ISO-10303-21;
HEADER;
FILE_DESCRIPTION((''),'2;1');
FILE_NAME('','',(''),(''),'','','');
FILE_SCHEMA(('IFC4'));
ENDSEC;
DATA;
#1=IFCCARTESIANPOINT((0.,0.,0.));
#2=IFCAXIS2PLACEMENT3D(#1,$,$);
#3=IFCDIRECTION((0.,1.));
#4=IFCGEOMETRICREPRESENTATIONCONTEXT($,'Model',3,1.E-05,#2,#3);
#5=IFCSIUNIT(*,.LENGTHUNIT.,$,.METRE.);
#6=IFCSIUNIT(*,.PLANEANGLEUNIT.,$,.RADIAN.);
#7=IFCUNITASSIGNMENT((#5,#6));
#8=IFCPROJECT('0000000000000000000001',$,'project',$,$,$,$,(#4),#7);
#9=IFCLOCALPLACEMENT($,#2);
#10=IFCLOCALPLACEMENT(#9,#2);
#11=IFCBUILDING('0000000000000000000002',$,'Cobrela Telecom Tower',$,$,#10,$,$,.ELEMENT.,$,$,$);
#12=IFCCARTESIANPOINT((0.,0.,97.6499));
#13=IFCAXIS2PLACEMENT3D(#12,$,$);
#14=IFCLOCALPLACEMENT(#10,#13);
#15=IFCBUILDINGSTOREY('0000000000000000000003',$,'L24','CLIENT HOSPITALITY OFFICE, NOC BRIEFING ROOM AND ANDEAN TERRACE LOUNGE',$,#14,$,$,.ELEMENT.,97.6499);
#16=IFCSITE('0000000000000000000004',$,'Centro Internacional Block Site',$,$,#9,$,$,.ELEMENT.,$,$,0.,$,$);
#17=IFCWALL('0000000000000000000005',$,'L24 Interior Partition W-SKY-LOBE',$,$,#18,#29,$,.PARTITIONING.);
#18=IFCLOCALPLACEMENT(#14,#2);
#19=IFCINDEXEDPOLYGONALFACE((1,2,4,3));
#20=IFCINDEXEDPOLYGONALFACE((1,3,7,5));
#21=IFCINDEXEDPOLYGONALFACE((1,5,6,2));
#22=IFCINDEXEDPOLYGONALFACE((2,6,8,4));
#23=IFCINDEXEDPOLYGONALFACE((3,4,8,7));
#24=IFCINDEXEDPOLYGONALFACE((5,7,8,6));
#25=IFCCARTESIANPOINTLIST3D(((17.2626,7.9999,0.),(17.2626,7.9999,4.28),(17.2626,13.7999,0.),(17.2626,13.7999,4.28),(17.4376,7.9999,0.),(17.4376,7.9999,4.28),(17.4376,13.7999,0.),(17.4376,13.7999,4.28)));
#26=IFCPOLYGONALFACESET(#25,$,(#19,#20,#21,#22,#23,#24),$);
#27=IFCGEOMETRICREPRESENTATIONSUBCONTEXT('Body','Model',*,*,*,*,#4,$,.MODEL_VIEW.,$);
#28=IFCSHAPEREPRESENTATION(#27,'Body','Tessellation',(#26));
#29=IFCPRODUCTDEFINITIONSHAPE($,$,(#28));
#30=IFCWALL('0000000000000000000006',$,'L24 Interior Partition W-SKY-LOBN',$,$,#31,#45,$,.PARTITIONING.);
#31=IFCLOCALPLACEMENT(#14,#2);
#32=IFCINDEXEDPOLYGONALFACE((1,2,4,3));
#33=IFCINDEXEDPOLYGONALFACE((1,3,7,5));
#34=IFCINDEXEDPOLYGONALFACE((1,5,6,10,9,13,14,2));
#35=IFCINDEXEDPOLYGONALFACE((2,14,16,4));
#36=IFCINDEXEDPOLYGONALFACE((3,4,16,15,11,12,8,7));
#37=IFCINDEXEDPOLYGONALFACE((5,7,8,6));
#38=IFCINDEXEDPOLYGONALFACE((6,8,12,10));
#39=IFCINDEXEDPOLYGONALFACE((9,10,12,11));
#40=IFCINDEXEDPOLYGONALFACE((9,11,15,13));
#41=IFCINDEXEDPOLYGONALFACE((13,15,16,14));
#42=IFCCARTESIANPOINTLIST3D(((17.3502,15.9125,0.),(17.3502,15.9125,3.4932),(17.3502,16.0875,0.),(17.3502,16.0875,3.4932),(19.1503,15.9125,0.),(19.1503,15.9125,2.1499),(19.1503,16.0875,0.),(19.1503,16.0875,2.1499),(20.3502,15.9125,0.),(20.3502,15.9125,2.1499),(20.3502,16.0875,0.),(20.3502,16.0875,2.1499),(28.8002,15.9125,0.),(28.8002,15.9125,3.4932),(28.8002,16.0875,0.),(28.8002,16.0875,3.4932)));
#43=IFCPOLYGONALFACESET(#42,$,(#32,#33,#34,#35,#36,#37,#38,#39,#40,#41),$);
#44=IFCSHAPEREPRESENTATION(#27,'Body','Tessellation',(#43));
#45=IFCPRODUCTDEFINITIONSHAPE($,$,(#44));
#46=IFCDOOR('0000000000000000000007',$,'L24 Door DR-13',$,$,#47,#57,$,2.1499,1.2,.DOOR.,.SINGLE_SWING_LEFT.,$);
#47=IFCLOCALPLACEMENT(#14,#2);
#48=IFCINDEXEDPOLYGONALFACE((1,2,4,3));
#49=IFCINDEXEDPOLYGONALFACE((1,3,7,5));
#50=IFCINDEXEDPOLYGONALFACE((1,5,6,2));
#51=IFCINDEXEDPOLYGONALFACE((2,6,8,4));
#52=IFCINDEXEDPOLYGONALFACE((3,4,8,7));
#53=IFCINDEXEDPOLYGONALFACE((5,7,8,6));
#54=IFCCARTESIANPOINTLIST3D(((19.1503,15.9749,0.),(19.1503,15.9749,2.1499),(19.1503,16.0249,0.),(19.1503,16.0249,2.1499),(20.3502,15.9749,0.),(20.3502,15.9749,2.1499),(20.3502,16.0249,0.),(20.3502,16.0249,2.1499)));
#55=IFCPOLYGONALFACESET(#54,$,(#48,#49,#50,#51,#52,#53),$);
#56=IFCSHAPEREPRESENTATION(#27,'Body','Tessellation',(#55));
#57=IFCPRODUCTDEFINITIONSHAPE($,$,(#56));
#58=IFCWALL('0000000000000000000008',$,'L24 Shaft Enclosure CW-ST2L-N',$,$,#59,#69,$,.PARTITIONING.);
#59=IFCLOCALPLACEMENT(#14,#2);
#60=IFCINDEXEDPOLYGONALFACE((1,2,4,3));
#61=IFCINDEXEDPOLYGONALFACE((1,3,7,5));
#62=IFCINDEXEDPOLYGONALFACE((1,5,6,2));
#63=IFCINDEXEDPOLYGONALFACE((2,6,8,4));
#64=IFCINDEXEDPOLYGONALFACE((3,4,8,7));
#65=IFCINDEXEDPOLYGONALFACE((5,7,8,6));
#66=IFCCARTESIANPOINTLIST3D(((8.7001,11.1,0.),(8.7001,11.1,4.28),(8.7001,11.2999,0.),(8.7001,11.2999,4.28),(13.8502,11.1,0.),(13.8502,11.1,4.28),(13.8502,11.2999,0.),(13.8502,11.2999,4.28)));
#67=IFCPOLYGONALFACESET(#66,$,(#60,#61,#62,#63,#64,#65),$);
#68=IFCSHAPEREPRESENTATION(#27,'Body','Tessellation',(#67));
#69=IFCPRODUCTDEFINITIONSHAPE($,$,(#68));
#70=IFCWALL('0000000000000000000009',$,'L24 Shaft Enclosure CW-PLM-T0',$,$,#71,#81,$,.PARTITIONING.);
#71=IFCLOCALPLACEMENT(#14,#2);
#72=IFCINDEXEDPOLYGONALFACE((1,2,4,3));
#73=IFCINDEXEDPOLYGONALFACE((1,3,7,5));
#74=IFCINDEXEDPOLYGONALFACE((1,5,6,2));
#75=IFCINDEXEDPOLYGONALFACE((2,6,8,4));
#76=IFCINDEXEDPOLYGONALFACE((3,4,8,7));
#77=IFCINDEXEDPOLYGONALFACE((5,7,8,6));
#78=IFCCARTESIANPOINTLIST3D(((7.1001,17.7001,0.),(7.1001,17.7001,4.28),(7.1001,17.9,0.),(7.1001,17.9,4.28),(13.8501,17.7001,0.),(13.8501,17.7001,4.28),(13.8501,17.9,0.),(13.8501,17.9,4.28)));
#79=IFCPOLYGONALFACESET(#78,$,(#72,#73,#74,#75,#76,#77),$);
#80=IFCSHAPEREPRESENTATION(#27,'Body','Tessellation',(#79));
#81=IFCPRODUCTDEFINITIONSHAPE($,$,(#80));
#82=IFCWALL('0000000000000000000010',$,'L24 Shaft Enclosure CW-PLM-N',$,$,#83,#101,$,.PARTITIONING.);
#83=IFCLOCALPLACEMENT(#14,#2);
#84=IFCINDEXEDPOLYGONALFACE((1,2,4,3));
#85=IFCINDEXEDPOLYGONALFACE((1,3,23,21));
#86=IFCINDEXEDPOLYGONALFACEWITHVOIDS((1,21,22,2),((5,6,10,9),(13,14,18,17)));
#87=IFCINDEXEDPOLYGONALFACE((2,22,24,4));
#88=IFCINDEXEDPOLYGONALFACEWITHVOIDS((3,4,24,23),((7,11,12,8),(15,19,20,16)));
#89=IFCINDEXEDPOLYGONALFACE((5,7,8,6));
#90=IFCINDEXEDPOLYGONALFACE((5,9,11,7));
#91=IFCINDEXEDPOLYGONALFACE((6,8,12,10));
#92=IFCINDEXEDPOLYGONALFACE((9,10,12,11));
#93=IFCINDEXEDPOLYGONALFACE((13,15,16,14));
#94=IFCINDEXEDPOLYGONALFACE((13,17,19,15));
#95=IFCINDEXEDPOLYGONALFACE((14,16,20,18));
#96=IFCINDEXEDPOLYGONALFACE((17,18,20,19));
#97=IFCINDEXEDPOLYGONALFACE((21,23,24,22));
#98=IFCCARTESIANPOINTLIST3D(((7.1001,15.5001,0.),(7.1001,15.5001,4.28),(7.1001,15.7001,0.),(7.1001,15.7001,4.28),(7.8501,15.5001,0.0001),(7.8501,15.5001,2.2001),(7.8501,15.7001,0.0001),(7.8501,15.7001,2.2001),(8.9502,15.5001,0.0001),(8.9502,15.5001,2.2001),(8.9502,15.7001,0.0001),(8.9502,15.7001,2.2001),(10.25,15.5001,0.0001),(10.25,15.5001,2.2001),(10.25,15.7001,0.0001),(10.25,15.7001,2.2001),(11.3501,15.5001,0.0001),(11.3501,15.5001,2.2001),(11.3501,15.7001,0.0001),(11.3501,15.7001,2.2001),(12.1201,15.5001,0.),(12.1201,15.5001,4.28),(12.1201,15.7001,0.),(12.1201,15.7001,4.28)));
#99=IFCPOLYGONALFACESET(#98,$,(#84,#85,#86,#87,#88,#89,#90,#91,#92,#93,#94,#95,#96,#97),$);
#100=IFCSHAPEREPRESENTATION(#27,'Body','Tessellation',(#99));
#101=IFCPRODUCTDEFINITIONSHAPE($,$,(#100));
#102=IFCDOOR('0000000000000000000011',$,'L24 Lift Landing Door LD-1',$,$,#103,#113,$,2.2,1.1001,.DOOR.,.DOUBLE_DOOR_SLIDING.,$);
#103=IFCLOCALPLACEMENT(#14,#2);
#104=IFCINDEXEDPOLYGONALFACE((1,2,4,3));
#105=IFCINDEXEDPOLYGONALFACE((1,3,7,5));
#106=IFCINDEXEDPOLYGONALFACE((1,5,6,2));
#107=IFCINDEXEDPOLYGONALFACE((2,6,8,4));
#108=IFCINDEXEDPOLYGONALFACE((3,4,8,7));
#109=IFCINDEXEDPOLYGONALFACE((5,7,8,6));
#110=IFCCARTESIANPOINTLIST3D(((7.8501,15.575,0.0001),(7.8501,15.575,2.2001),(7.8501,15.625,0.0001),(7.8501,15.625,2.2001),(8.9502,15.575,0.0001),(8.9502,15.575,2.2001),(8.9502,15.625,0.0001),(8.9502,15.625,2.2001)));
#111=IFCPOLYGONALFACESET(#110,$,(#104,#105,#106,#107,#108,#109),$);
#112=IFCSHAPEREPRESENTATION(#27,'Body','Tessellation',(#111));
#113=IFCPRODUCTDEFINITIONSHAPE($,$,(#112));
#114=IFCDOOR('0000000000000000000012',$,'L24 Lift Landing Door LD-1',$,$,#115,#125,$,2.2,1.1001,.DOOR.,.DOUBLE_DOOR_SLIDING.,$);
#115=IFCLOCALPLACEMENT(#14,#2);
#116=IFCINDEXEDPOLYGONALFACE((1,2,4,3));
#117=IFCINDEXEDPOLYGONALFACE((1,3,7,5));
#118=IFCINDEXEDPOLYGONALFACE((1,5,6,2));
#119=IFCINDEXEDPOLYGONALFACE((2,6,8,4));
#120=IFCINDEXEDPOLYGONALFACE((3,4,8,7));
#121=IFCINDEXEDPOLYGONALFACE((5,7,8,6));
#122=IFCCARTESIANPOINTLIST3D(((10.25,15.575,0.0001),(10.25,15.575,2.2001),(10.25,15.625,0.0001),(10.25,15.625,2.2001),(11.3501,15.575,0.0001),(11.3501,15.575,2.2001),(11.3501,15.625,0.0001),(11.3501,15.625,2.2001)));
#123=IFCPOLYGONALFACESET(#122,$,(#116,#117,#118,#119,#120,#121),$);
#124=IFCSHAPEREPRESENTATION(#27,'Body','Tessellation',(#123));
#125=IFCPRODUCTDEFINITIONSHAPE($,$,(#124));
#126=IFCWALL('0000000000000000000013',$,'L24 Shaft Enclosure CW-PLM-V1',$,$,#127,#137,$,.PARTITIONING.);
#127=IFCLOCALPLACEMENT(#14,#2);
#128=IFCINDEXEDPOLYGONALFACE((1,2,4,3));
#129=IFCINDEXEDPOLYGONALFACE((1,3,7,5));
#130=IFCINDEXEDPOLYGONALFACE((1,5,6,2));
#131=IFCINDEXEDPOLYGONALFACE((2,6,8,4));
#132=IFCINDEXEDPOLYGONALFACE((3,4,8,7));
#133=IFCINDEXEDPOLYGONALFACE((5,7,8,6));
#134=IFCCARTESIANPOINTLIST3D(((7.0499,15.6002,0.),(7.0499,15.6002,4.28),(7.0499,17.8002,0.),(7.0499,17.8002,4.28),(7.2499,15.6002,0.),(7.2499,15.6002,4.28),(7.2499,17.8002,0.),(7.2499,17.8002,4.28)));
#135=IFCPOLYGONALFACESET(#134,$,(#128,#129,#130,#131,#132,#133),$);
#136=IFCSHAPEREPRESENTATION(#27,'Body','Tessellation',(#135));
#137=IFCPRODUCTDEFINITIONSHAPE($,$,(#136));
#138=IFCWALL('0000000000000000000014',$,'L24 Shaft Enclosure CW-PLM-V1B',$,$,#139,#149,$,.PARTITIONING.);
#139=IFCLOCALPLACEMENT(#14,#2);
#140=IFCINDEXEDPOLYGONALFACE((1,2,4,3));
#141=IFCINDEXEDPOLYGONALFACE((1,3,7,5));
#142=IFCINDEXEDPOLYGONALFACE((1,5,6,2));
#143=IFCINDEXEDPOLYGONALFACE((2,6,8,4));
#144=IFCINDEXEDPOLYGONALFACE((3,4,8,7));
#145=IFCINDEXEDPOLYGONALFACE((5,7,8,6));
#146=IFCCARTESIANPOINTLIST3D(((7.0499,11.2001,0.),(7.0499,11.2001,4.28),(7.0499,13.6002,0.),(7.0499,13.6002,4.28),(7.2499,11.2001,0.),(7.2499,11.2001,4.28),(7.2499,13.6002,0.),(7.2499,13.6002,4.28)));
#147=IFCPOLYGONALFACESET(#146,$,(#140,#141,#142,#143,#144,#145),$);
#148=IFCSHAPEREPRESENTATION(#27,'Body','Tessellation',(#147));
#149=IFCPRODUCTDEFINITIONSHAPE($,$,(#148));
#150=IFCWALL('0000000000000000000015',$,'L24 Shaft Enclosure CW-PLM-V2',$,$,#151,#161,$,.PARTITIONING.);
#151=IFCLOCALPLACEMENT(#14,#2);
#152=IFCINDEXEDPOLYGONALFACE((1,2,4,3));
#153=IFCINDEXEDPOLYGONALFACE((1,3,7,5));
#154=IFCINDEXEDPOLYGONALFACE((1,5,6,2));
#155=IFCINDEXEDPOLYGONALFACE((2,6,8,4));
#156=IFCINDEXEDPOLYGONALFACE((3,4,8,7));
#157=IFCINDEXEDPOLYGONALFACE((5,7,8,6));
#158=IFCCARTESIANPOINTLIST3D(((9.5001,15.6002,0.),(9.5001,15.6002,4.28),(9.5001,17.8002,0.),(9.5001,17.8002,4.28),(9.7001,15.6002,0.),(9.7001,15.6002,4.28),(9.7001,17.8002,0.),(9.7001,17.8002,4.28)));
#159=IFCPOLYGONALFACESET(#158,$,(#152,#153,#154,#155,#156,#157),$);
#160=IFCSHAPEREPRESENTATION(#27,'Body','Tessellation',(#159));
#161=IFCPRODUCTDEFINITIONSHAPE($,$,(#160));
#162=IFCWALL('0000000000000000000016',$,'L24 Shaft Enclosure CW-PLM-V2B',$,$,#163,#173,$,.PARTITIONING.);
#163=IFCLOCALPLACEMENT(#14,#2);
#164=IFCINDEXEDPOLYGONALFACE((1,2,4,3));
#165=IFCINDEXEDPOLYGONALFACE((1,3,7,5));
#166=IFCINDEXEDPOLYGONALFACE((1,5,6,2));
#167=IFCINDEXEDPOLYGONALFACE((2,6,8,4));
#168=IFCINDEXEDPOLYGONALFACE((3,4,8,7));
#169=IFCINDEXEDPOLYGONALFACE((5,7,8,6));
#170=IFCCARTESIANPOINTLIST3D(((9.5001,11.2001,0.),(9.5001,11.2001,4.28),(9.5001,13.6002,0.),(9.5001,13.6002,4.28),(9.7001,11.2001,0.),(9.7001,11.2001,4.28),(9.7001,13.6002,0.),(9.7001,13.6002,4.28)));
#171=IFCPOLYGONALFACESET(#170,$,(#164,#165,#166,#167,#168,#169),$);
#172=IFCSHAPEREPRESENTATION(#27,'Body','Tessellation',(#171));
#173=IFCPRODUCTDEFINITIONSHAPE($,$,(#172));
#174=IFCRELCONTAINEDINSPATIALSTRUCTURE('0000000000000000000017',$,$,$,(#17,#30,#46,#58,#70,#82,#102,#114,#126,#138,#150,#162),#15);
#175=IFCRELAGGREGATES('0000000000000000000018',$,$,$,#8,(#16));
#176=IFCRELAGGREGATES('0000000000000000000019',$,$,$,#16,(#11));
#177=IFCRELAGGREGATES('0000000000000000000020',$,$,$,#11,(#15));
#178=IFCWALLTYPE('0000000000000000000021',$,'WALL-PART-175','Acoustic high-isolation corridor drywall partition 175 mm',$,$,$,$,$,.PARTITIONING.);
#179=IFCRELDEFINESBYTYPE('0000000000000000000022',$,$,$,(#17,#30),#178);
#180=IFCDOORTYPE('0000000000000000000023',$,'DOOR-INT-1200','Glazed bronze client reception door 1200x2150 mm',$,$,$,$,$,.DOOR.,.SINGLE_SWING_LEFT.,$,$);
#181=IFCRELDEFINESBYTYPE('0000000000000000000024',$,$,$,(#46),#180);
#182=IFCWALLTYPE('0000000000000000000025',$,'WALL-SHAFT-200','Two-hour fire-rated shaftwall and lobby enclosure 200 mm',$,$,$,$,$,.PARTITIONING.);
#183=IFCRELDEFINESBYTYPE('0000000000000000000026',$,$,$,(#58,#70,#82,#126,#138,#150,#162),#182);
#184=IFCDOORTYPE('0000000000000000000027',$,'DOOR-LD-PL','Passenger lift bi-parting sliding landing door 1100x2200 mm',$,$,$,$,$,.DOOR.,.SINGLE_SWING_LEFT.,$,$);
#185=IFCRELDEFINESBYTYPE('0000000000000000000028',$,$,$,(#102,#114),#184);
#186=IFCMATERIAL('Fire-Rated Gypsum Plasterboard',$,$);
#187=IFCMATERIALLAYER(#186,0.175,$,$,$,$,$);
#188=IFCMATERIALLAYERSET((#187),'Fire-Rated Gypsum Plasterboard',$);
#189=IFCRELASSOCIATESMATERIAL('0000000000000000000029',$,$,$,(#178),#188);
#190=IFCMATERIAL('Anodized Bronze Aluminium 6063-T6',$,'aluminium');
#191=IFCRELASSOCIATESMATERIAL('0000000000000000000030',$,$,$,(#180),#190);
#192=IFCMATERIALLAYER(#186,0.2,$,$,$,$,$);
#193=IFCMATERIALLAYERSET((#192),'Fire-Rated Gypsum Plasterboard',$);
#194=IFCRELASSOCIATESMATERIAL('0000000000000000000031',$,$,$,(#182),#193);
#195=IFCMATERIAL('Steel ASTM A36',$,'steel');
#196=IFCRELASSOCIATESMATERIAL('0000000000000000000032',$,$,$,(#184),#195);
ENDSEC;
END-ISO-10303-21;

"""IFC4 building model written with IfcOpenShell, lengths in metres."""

from ifc_helpers import new_model, si_unit, direction, frame, frame_2d, origin, place, context, subcontext, project, spatial, rectangle, extrude, material, layer, layer_set, type_object, element, fill, save


model = new_model("IFC4")

# Units and contexts
model_context = context("Model", 3, precision=1e-05, world=origin(), true_north=direction((0.0, 1.0)))
body_context = subcontext(model_context, "Body", "Model", "MODEL_VIEW")
ifc_project = project(units=[si_unit("LENGTHUNIT", "METRE"), si_unit("PLANEANGLEUNIT", "RADIAN")], contexts=[model_context])

# Site, building, storey
site_placement = place(None, origin())
site = spatial("IfcSite", under=ifc_project, at=site_placement, Name="Centro Internacional Block Site", CompositionType="ELEMENT", RefElevation=0.0)
building_placement = place(site_placement, origin())
building = spatial("IfcBuilding", under=site, at=building_placement, Name="Cobrela Telecom Tower", CompositionType="ELEMENT")
storey_placement = place(building_placement, frame((0.0, 0.0, 97.6499)))
storey = spatial("IfcBuildingStorey", under=building, at=storey_placement, Name="L24", Description="CLIENT HOSPITALITY OFFICE, NOC BRIEFING ROOM AND ANDEAN TERRACE LOUNGE", CompositionType="ELEMENT", Elevation=97.6499)

# Shared definitions
ifc_material_1 = material(Name="Fire-Rated Gypsum Plasterboard")

# Wall
ifc_layer_1 = layer(ifc_material_1, 0.175)
ifc_layer_set_1 = layer_set([ifc_layer_1], Name="Fire-Rated Gypsum Plasterboard")
wall_type_1 = type_object("IfcWallType", Name="WALL-PART-175", Description="Acoustic high-isolation corridor drywall partition 175 mm", PredefinedType="PARTITIONING", material=ifc_layer_set_1)
wall_1_placement = place(storey_placement, frame((17.3501, 8.0, 0.0), z_axis=(0.0, 0.0, 1.0), x_axis=(0.0, 1.0, 0.0)))
element("IfcWall", 1, at=wall_1_placement, inside=storey, type_object=wall_type_1, Name="L24 Interior Partition W-SKY-LOBE", PredefinedType="PARTITIONING", context=body_context, shape_type="SweptSolid", body=[
    extrude(rectangle(XDim=5.8, YDim=0.175, at=frame_2d((2.8999, 0.0))), origin(), (0.0, 0.0, 1.0), 4.28),
])

# Wall, opening, door
wall_2_placement = place(storey_placement, frame((17.3501, 16.0, 0.0), z_axis=(0.0, 0.0, 1.0), x_axis=(1.0, 0.0, 0.0)))
wall_2 = element("IfcWall", 2, at=wall_2_placement, inside=storey, type_object=wall_type_1, Name="L24 Interior Partition W-SKY-LOBN", PredefinedType="PARTITIONING", context=body_context, shape_type="SweptSolid", body=[
    extrude(rectangle(XDim=11.45, YDim=0.175, at=frame_2d((5.7251, 0.0))), origin(), (0.0, 0.0, 1.0), 3.4932),
])
opening_1_placement = place(wall_2_placement, frame((1.8, 0.0, 0.0)))
opening_1 = element("IfcOpeningElement", 3, at=opening_1_placement, cuts=wall_2, PredefinedType="OPENING", context=body_context, shape_type="SweptSolid", body=[
    extrude(rectangle(XDim=1.2, YDim=2.1499, at=frame_2d((0.6001, 1.075))), frame((0.0, 0.0996, 0.0), z_axis=(0.0, -1.0, 0.0), x_axis=(1.0, 0.0, 0.0)), (0.0, 0.0, 1.0), 0.199),
])
ifc_material_2 = material(Name="Anodized Bronze Aluminium 6063-T6", Category="aluminium")
door_type_1 = type_object("IfcDoorType", Name="DOOR-INT-1200", Description="Glazed bronze client reception door 1200x2150 mm", OperationType="SINGLE_SWING_LEFT", PredefinedType="DOOR", material=ifc_material_2)
door_1_placement = place(opening_1_placement, origin())
door_1 = element("IfcDoor", 4, at=door_1_placement, inside=storey, type_object=door_type_1, Name="L24 Door DR-13", OperationType="SINGLE_SWING_LEFT", OverallHeight=2.1499, OverallWidth=1.2, PredefinedType="DOOR", context=body_context, shape_type="SweptSolid", body=[
    extrude(rectangle(XDim=1.2, YDim=2.1499, at=frame_2d((0.6001, 1.075))), frame((0.0, 0.0249, 0.0), z_axis=(0.0, -1.0, 0.0), x_axis=(1.0, 0.0, 0.0)), (0.0, 0.0, 1.0), 0.05),
])
fill(opening_1, door_1)

# Walls
ifc_layer_2 = layer(ifc_material_1, 0.2)
ifc_layer_set_2 = layer_set([ifc_layer_2], Name="Fire-Rated Gypsum Plasterboard")
wall_type_2 = type_object("IfcWallType", Name="WALL-SHAFT-200", Description="Two-hour fire-rated shaftwall and lobby enclosure 200 mm", PredefinedType="PARTITIONING", material=ifc_layer_set_2)
wall_3_placement = place(storey_placement, frame((8.7, 11.2, 0.0), z_axis=(0.0, 0.0, 1.0), x_axis=(1.0, 0.0, 0.0)))
element("IfcWall", 5, at=wall_3_placement, inside=storey, type_object=wall_type_2, Name="L24 Shaft Enclosure CW-ST2L-N", PredefinedType="PARTITIONING", context=body_context, shape_type="SweptSolid", body=[
    extrude(rectangle(XDim=5.1501, YDim=0.2, at=frame_2d((2.5752, 0.0))), origin(), (0.0, 0.0, 1.0), 4.28),
])
wall_4_placement = place(storey_placement, frame((7.1001, 17.8, 0.0), z_axis=(0.0, 0.0, 1.0), x_axis=(1.0, 0.0, 0.0)))
element("IfcWall", 6, at=wall_4_placement, inside=storey, type_object=wall_type_2, Name="L24 Shaft Enclosure CW-PLM-T0", PredefinedType="PARTITIONING", context=body_context, shape_type="SweptSolid", body=[
    extrude(rectangle(XDim=6.75, YDim=0.2, at=frame_2d((3.375, 0.0))), origin(), (0.0, 0.0, 1.0), 4.28),
])

# Wall, openings, doors
wall_5_placement = place(storey_placement, frame((7.1001, 15.6001, 0.0), z_axis=(0.0, 0.0, 1.0), x_axis=(1.0, 0.0, 0.0)))
wall_5 = element("IfcWall", 7, at=wall_5_placement, inside=storey, type_object=wall_type_2, Name="L24 Shaft Enclosure CW-PLM-N", PredefinedType="PARTITIONING", context=body_context, shape_type="SweptSolid", body=[
    extrude(rectangle(XDim=5.02, YDim=0.2, at=frame_2d((2.51, 0.0))), origin(), (0.0, 0.0, 1.0), 4.28),
])
opening_2_placement = place(wall_5_placement, frame((0.75, 0.0, 0.0)))
opening_2 = element("IfcOpeningElement", 8, at=opening_2_placement, cuts=wall_5, PredefinedType="OPENING", context=body_context, shape_type="SweptSolid", body=[
    extrude(rectangle(XDim=1.1001, YDim=2.2, at=frame_2d((0.55, 1.1001))), frame((0.0, 0.1118, 0.0), z_axis=(0.0, -1.0, 0.0), x_axis=(1.0, 0.0, 0.0)), (0.0, 0.0, 1.0), 0.2239),
])
opening_3_placement = place(wall_5_placement, frame((3.1499, 0.0, 0.0)))
opening_3 = element("IfcOpeningElement", 9, at=opening_3_placement, cuts=wall_5, PredefinedType="OPENING", context=body_context, shape_type="SweptSolid", body=[
    extrude(rectangle(XDim=1.1001, YDim=2.2, at=frame_2d((0.55, 1.1001))), frame((0.0, 0.1118, 0.0), z_axis=(0.0, -1.0, 0.0), x_axis=(1.0, 0.0, 0.0)), (0.0, 0.0, 1.0), 0.2239),
])
ifc_material_3 = material(Name="Steel ASTM A36", Category="steel")
door_type_2 = type_object("IfcDoorType", Name="DOOR-LD-PL", Description="Passenger lift bi-parting sliding landing door 1100x2200 mm", OperationType="SINGLE_SWING_LEFT", PredefinedType="DOOR", material=ifc_material_3)
door_2_placement = place(opening_2_placement, origin())
door_2 = element("IfcDoor", 10, at=door_2_placement, inside=storey, type_object=door_type_2, Name="L24 Lift Landing Door LD-1", OperationType="DOUBLE_DOOR_SLIDING", OverallHeight=2.2, OverallWidth=1.1001, PredefinedType="DOOR", context=body_context, shape_type="SweptSolid", body=[
    extrude(rectangle(XDim=1.1001, YDim=2.2, at=frame_2d((0.55, 1.1001))), frame((0.0, 0.0249, 0.0), z_axis=(0.0, -1.0, 0.0), x_axis=(1.0, 0.0, 0.0)), (0.0, 0.0, 1.0), 0.05),
])
fill(opening_2, door_2)
door_3_placement = place(opening_3_placement, origin())
door_3 = element("IfcDoor", 11, at=door_3_placement, inside=storey, type_object=door_type_2, Name="L24 Lift Landing Door LD-1", OperationType="DOUBLE_DOOR_SLIDING", OverallHeight=2.2, OverallWidth=1.1001, PredefinedType="DOOR", context=body_context, shape_type="SweptSolid", body=[
    extrude(rectangle(XDim=1.1001, YDim=2.2, at=frame_2d((0.55, 1.1001))), frame((0.0, 0.0249, 0.0), z_axis=(0.0, -1.0, 0.0), x_axis=(1.0, 0.0, 0.0)), (0.0, 0.0, 1.0), 0.05),
])
fill(opening_3, door_3)

# Walls
wall_6_placement = place(storey_placement, frame((7.1499, 15.6001, 0.0), z_axis=(0.0, 0.0, 1.0), x_axis=(0.0, 1.0, 0.0)))
element("IfcWall", 12, at=wall_6_placement, inside=storey, type_object=wall_type_2, Name="L24 Shaft Enclosure CW-PLM-V1", PredefinedType="PARTITIONING", context=body_context, shape_type="SweptSolid", body=[
    extrude(rectangle(XDim=2.2, YDim=0.2, at=frame_2d((1.1001, 0.0))), origin(), (0.0, 0.0, 1.0), 4.28),
])
wall_7_placement = place(storey_placement, frame((7.1499, 11.2, 0.0), z_axis=(0.0, 0.0, 1.0), x_axis=(0.0, 1.0, 0.0)))
element("IfcWall", 13, at=wall_7_placement, inside=storey, type_object=wall_type_2, Name="L24 Shaft Enclosure CW-PLM-V1B", PredefinedType="PARTITIONING", context=body_context, shape_type="SweptSolid", body=[
    extrude(rectangle(XDim=2.4001, YDim=0.2, at=frame_2d((1.2002, 0.0))), origin(), (0.0, 0.0, 1.0), 4.28),
])
wall_8_placement = place(storey_placement, frame((9.6001, 15.6001, 0.0), z_axis=(0.0, 0.0, 1.0), x_axis=(0.0, 1.0, 0.0)))
element("IfcWall", 14, at=wall_8_placement, inside=storey, type_object=wall_type_2, Name="L24 Shaft Enclosure CW-PLM-V2", PredefinedType="PARTITIONING", context=body_context, shape_type="SweptSolid", body=[
    extrude(rectangle(XDim=2.2, YDim=0.2, at=frame_2d((1.1001, 0.0))), origin(), (0.0, 0.0, 1.0), 4.28),
])
wall_9_placement = place(storey_placement, frame((9.6001, 11.2, 0.0), z_axis=(0.0, 0.0, 1.0), x_axis=(0.0, 1.0, 0.0)))
element("IfcWall", 15, at=wall_9_placement, inside=storey, type_object=wall_type_2, Name="L24 Shaft Enclosure CW-PLM-V2B", PredefinedType="PARTITIONING", context=body_context, shape_type="SweptSolid", body=[
    extrude(rectangle(XDim=2.4001, YDim=0.2, at=frame_2d((1.2002, 0.0))), origin(), (0.0, 0.0, 1.0), 4.28),
])

save(model, "model.ifc")
